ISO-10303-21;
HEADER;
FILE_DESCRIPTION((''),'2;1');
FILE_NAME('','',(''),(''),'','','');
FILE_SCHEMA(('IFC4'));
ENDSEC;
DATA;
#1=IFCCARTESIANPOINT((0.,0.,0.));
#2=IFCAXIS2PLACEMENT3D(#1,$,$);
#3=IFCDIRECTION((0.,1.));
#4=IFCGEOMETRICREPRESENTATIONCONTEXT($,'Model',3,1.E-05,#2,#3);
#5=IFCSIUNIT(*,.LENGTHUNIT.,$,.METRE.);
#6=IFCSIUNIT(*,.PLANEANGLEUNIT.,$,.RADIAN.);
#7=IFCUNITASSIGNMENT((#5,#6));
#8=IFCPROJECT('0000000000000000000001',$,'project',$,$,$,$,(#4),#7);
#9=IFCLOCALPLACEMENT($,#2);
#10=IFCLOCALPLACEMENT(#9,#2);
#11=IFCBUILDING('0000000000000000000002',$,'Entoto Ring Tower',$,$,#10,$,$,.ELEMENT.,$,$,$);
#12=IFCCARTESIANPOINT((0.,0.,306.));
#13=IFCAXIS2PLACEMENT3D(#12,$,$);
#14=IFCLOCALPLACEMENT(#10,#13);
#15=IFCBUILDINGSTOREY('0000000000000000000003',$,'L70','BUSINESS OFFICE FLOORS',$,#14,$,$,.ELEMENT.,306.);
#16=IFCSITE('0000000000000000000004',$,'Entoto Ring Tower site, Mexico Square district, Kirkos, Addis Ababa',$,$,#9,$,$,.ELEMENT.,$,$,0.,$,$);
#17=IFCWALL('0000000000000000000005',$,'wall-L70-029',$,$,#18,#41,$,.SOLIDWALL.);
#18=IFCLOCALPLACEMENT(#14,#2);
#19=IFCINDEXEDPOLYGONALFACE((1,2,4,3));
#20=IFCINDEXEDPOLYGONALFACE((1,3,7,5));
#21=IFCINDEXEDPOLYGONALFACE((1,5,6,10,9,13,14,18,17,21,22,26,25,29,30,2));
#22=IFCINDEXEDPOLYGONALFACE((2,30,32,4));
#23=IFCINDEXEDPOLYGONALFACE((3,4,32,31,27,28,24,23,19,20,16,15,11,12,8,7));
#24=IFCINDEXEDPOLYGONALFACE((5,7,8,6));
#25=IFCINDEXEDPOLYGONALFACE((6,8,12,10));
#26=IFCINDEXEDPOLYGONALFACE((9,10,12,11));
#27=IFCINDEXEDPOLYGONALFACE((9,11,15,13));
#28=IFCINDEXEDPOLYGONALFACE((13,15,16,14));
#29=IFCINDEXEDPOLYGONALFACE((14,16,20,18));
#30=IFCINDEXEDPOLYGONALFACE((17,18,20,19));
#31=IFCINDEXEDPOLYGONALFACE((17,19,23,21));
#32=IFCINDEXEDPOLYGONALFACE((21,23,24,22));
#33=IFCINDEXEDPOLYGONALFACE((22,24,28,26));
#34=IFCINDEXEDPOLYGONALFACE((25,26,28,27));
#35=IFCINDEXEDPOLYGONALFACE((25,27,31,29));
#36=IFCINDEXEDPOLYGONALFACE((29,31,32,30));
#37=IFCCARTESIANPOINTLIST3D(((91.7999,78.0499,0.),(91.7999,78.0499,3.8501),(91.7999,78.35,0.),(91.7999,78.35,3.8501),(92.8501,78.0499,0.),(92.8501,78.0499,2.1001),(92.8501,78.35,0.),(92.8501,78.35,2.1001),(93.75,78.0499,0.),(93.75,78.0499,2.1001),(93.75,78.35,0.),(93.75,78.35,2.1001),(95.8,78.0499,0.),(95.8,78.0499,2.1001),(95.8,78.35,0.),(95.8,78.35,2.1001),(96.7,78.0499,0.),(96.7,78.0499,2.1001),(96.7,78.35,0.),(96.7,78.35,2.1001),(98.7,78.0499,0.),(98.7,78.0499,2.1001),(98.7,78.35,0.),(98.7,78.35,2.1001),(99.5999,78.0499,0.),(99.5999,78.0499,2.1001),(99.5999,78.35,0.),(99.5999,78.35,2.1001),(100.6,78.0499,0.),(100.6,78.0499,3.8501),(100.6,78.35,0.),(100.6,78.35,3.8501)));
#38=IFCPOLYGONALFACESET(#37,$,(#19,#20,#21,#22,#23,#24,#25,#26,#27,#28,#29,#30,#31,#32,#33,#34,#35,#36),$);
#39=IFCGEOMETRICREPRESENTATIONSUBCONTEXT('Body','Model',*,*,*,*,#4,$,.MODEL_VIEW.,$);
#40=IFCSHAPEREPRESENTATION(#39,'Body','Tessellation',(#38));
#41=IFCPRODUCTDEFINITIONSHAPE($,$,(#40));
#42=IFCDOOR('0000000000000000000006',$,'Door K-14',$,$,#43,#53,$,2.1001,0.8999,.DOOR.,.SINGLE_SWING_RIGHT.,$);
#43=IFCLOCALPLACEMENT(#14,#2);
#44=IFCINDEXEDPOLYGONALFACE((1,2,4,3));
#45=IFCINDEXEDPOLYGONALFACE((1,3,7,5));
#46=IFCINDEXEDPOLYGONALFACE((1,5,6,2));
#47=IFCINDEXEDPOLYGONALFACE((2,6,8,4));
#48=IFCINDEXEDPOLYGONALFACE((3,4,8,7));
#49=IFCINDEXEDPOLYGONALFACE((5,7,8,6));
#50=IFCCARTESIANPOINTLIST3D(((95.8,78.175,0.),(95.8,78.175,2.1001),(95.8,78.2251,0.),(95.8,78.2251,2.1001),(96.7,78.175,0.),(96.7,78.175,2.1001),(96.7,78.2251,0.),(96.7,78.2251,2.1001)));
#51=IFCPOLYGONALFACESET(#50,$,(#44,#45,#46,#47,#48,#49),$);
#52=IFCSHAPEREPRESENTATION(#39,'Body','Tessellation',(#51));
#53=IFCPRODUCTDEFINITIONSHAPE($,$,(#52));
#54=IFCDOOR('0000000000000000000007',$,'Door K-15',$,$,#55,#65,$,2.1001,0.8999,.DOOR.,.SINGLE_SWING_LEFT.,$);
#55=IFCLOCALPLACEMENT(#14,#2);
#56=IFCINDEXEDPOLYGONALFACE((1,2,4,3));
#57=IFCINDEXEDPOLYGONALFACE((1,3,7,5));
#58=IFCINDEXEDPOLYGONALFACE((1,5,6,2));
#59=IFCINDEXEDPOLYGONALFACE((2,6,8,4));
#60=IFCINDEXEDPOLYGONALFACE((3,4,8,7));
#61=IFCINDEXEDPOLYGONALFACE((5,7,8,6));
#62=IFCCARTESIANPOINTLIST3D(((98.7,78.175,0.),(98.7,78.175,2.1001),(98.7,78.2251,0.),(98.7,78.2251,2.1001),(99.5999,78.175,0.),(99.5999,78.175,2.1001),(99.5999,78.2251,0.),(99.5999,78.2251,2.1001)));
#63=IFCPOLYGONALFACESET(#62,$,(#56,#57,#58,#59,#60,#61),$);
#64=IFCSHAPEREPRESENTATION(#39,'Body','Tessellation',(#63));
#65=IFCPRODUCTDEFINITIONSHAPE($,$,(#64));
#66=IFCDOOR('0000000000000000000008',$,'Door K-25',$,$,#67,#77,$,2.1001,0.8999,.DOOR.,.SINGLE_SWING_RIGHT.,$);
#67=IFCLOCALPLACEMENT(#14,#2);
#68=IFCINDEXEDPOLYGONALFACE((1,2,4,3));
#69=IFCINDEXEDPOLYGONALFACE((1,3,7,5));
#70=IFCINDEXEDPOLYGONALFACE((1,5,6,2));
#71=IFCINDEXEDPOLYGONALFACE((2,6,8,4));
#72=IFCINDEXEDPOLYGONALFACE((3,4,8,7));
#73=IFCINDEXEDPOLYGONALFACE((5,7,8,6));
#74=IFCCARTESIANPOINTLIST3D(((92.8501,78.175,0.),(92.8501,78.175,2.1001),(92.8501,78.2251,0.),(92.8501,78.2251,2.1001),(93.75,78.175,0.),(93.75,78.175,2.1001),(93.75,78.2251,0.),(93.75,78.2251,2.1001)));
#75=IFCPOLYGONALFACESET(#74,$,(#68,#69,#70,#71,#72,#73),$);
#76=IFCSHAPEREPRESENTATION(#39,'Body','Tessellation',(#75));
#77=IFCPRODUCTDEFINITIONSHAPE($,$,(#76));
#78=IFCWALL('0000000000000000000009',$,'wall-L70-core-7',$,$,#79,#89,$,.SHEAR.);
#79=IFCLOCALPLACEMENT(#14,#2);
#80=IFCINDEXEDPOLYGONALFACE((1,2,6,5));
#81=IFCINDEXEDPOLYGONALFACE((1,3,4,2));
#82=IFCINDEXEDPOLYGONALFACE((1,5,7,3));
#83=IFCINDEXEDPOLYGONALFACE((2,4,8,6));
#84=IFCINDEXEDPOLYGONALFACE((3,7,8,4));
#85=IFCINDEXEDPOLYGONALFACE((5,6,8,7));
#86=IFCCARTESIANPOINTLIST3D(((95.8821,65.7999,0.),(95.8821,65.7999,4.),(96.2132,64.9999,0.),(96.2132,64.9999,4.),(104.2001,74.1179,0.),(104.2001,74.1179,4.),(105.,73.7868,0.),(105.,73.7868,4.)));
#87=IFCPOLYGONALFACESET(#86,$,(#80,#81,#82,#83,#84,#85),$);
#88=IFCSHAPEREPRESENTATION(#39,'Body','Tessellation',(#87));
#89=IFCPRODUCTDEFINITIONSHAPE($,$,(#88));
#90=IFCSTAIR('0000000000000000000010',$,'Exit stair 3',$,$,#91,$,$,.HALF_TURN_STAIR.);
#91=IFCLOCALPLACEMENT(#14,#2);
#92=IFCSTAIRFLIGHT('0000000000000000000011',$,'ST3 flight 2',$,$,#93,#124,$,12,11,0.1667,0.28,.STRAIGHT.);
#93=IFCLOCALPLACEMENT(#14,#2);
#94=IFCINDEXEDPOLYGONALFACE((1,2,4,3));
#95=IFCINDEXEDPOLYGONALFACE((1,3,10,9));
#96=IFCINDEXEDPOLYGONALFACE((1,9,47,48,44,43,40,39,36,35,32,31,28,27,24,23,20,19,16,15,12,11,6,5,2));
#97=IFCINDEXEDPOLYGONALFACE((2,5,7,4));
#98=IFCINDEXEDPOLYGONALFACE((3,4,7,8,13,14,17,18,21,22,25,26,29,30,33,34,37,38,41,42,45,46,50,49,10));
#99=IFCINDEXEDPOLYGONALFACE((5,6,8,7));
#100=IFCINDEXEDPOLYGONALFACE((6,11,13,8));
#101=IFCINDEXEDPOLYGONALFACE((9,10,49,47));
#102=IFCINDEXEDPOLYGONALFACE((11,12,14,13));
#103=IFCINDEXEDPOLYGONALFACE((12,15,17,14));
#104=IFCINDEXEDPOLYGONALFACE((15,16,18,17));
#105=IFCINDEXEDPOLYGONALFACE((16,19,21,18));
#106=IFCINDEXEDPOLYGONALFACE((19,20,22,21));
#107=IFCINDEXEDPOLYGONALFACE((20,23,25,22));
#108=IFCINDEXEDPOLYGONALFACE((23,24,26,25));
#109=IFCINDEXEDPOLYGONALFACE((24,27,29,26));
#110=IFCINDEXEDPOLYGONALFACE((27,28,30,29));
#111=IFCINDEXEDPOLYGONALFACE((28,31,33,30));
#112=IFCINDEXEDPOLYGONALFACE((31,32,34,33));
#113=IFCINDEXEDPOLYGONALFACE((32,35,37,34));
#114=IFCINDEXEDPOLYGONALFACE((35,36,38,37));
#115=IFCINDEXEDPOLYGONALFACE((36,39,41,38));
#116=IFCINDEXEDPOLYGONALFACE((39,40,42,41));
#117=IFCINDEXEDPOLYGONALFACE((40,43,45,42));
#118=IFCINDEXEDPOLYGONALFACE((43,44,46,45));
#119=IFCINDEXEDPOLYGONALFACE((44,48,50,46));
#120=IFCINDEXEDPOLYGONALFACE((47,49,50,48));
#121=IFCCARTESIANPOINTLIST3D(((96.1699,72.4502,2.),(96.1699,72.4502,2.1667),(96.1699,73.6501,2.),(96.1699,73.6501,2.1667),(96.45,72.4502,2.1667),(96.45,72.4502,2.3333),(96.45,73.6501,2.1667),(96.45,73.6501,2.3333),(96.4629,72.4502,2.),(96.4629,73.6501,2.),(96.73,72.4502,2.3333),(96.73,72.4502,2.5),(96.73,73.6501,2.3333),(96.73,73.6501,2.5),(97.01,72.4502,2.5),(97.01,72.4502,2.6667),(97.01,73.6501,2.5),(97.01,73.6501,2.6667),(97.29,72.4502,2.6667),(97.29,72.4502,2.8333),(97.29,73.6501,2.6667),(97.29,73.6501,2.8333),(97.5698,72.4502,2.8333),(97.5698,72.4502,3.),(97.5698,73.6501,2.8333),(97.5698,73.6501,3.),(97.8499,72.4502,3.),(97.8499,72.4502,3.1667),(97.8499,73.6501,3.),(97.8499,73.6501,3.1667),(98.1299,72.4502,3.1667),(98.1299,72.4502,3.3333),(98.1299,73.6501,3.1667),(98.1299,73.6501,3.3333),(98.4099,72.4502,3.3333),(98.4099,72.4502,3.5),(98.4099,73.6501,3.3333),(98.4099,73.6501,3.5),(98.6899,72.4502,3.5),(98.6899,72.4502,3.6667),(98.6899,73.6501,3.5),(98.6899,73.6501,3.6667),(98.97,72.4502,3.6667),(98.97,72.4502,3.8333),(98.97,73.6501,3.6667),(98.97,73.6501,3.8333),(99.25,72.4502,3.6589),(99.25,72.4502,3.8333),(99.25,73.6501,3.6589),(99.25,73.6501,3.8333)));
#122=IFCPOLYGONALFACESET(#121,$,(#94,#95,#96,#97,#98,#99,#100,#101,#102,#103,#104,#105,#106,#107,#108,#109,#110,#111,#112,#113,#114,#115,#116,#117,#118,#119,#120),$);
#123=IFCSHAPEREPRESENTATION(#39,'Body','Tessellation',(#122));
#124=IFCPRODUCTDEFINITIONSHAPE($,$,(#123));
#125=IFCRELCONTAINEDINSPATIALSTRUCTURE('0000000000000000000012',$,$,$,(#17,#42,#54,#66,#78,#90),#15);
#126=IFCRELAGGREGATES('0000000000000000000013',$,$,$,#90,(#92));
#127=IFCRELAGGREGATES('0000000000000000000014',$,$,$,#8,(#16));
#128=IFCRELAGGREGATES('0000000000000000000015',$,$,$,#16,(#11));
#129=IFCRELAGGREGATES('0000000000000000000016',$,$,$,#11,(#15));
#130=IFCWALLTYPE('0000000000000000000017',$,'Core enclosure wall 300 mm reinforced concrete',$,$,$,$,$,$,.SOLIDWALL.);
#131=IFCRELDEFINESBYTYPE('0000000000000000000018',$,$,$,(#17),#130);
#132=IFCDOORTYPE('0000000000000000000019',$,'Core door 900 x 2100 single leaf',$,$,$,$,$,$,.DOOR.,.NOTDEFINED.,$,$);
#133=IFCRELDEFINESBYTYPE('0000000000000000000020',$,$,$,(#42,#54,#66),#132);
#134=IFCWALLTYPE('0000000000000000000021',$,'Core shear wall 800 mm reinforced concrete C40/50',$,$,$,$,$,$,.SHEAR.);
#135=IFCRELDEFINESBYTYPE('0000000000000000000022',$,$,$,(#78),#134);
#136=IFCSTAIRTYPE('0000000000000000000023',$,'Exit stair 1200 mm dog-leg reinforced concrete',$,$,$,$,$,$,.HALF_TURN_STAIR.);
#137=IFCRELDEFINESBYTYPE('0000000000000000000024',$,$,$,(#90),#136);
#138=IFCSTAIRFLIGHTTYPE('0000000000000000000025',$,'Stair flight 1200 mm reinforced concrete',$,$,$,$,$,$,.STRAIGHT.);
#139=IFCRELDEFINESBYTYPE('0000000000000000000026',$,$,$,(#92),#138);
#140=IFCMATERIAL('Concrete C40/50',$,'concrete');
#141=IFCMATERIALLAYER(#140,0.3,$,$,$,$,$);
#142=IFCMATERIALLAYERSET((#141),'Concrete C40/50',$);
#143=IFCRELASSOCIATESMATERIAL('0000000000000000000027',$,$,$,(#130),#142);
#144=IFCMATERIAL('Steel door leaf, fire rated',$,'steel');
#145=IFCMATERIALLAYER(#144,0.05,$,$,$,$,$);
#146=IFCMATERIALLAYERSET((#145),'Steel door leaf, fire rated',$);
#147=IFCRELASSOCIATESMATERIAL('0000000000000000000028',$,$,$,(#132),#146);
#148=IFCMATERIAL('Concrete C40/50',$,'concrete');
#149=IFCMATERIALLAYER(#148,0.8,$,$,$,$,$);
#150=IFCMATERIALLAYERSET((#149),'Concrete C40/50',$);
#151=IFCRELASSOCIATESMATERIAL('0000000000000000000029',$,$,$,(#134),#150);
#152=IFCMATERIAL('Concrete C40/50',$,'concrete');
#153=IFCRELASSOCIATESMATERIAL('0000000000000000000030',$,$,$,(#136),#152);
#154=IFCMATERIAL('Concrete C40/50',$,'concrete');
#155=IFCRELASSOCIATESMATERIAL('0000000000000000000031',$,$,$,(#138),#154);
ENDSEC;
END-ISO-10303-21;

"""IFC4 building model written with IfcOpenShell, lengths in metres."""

from ifc_helpers import new_model, si_unit, direction, frame, frame_2d, origin, place, context, subcontext, project, spatial, polyline, rectangle, outline, extrude, material, layer, layer_set, type_object, element, fill, aggregate, save


model = new_model("IFC4")

# Units and contexts
model_context = context("Model", 3, precision=1e-05, world=origin(), true_north=direction((0.0, 1.0)))
body_context = subcontext(model_context, "Body", "Model", "MODEL_VIEW")
ifc_project = project(units=[si_unit("LENGTHUNIT", "METRE"), si_unit("PLANEANGLEUNIT", "RADIAN")], contexts=[model_context])

# Site, building, storey
site_placement = place(None, origin())
site = spatial("IfcSite", under=ifc_project, at=site_placement, Name="Entoto Ring Tower site, Mexico Square district, Kirkos, Addis Ababa", CompositionType="ELEMENT", RefElevation=0.0)
building_placement = place(site_placement, origin())
building = spatial("IfcBuilding", under=site, at=building_placement, Name="Entoto Ring Tower", CompositionType="ELEMENT")
storey_placement = place(building_placement, frame((0.0, 0.0, 306.0)))
storey = spatial("IfcBuildingStorey", under=building, at=storey_placement, Name="L70", Description="BUSINESS OFFICE FLOORS", CompositionType="ELEMENT", Elevation=306.0)

# Shared definitions
ifc_material_1 = material(Name="Concrete C40/50", Category="concrete")
ifc_layer_1 = layer(ifc_material_1, 0.3)
ifc_layer_set_1 = layer_set([ifc_layer_1], Name="Concrete C40/50")
wall_type_1 = type_object("IfcWallType", Name="Core enclosure wall 300 mm reinforced concrete", PredefinedType="SOLIDWALL", material=ifc_layer_set_1)

# Shared definitions
ifc_material_2 = material(Name="Steel door leaf, fire rated", Category="steel")
ifc_layer_2 = layer(ifc_material_2, 0.05)
ifc_layer_set_2 = layer_set([ifc_layer_2], Name="Steel door leaf, fire rated")
door_type_1 = type_object("IfcDoorType", Name="Core door 900 x 2100 single leaf", OperationType="NOTDEFINED", PredefinedType="DOOR", material=ifc_layer_set_2)

# Wall, openings, doors
wall_1_placement = place(storey_placement, frame((91.8, 78.2, 0.0), z_axis=(0.0, 0.0, 1.0), x_axis=(1.0, 0.0, 0.0)))
wall_1 = element("IfcWall", 1, at=wall_1_placement, inside=storey, type_object=wall_type_1, Name="wall-L70-029", PredefinedType="SOLIDWALL", context=body_context, shape_type="SweptSolid", body=[
    extrude(rectangle(XDim=8.8, YDim=0.3, at=frame_2d((4.3999, 0.0))), origin(), (0.0, 0.0, 1.0), 3.8501),
])
opening_1_placement = place(wall_1_placement, frame((4.0, 0.0, 0.0)))
opening_1 = element("IfcOpeningElement", 2, at=opening_1_placement, cuts=wall_1, PredefinedType="OPENING", context=body_context, shape_type="SweptSolid", body=[
    extrude(rectangle(XDim=0.8999, YDim=2.1001, at=frame_2d((0.45, 1.05))), frame((0.0, 0.1602, 0.0), z_axis=(0.0, -1.0, 0.0), x_axis=(1.0, 0.0, 0.0)), (0.0, 0.0, 1.0), 0.3201),
])
opening_2_placement = place(wall_1_placement, frame((6.8999, 0.0, 0.0)))
opening_2 = element("IfcOpeningElement", 3, at=opening_2_placement, cuts=wall_1, PredefinedType="OPENING", context=body_context, shape_type="SweptSolid", body=[
    extrude(rectangle(XDim=0.8999, YDim=2.1001, at=frame_2d((0.45, 1.05))), frame((0.0, 0.1602, 0.0), z_axis=(0.0, -1.0, 0.0), x_axis=(1.0, 0.0, 0.0)), (0.0, 0.0, 1.0), 0.3201),
])
opening_3_placement = place(wall_1_placement, frame((1.05, 0.0, 0.0)))
opening_3 = element("IfcOpeningElement", 4, at=opening_3_placement, cuts=wall_1, PredefinedType="OPENING", context=body_context, shape_type="SweptSolid", body=[
    extrude(rectangle(XDim=0.8999, YDim=2.1001, at=frame_2d((0.45, 1.05))), frame((0.0, 0.1602, 0.0), z_axis=(0.0, -1.0, 0.0), x_axis=(1.0, 0.0, 0.0)), (0.0, 0.0, 1.0), 0.3201),
])
door_1_placement = place(opening_1_placement, frame((0.8999, 0.0, 0.0), z_axis=(0.0, 0.0, 1.0), x_axis=(-1.0, 0.0, 0.0)))
door_1 = element("IfcDoor", 5, at=door_1_placement, inside=storey, type_object=door_type_1, Name="Door K-14", OperationType="SINGLE_SWING_RIGHT", OverallHeight=2.1001, OverallWidth=0.8999, PredefinedType="DOOR", context=body_context, shape_type="SweptSolid", body=[
    extrude(rectangle(XDim=0.8999, YDim=2.1001, at=frame_2d((0.45, 1.05))), frame((0.0, 0.0249, 0.0), z_axis=(0.0, -1.0, 0.0), x_axis=(1.0, 0.0, 0.0)), (0.0, 0.0, 1.0), 0.05),
])
fill(opening_1, door_1)
door_2_placement = place(opening_2_placement, frame((0.8999, 0.0, 0.0), z_axis=(0.0, 0.0, 1.0), x_axis=(-1.0, 0.0, 0.0)))
door_2 = element("IfcDoor", 6, at=door_2_placement, inside=storey, type_object=door_type_1, Name="Door K-15", OperationType="SINGLE_SWING_LEFT", OverallHeight=2.1001, OverallWidth=0.8999, PredefinedType="DOOR", context=body_context, shape_type="SweptSolid", body=[
    extrude(rectangle(XDim=0.8999, YDim=2.1001, at=frame_2d((0.45, 1.05))), frame((0.0, 0.0249, 0.0), z_axis=(0.0, -1.0, 0.0), x_axis=(1.0, 0.0, 0.0)), (0.0, 0.0, 1.0), 0.05),
])
fill(opening_2, door_2)
door_3_placement = place(opening_3_placement, frame((0.8999, 0.0, 0.0), z_axis=(0.0, 0.0, 1.0), x_axis=(-1.0, 0.0, 0.0)))
door_3 = element("IfcDoor", 7, at=door_3_placement, inside=storey, type_object=door_type_1, Name="Door K-25", OperationType="SINGLE_SWING_RIGHT", OverallHeight=2.1001, OverallWidth=0.8999, PredefinedType="DOOR", context=body_context, shape_type="SweptSolid", body=[
    extrude(rectangle(XDim=0.8999, YDim=2.1001, at=frame_2d((0.45, 1.05))), frame((0.0, 0.0249, 0.0), z_axis=(0.0, -1.0, 0.0), x_axis=(1.0, 0.0, 0.0)), (0.0, 0.0, 1.0), 0.05),
])
fill(opening_3, door_3)

# Wall
ifc_material_3 = material(Name="Concrete C40/50", Category="concrete")
ifc_layer_3 = layer(ifc_material_3, 0.8)
ifc_layer_set_3 = layer_set([ifc_layer_3], Name="Concrete C40/50")
wall_type_2 = type_object("IfcWallType", Name="Core shear wall 800 mm reinforced concrete C40/50", PredefinedType="SHEAR", material=ifc_layer_set_3)
wall_2_placement = place(storey_placement, frame((96.0476, 65.3999, 0.0), z_axis=(0.0, 0.0, 1.0), x_axis=(0.707107, 0.707107, 0.0)))
element("IfcWall", 8, at=wall_2_placement, inside=storey, type_object=wall_type_2, Name="wall-L70-core-7", PredefinedType="SHEAR", context=body_context, shape_type="SweptSolid", body=[
    extrude(outline(polyline([(-0.1658, -0.3999), (12.2607, -0.3999), (11.9292, 0.3999), (0.1658, 0.3999), (-0.1658, -0.3999)])), origin(), (0.0, 0.0, 1.0), 4.0),
])

# Stair, stair flight
ifc_material_4 = material(Name="Concrete C40/50", Category="concrete")
stair_type = type_object("IfcStairType", Name="Exit stair 1200 mm dog-leg reinforced concrete", PredefinedType="HALF_TURN_STAIR", material=ifc_material_4)
stair_placement = place(storey_placement, origin())
stair = element("IfcStair", 9, at=stair_placement, inside=storey, type_object=stair_type, Name="Exit stair 3", PredefinedType="HALF_TURN_STAIR")
ifc_material_5 = material(Name="Concrete C40/50", Category="concrete")
stair_flight_type = type_object("IfcStairFlightType", Name="Stair flight 1200 mm reinforced concrete", PredefinedType="STRAIGHT", material=ifc_material_5)
stair_flight_placement = place(storey_placement, frame((96.1699, 73.05, 2.0), z_axis=(0.0, 0.0, 1.0), x_axis=(1.0, 0.0, 0.0)))
stair_flight = element("IfcStairFlight", 10, at=stair_flight_placement, type_object=stair_flight_type, Name="ST3 flight 2", NumberOfRisers=12, NumberOfTreads=11, PredefinedType="STRAIGHT", RiserHeight=0.1667, TreadLength=0.28, context=body_context, shape_type="SweptSolid", body=[
    extrude(outline(polyline([(0.0, 0.0), (0.0, 0.1667), (0.28, 0.1667), (0.28, 0.3333), (0.5601, 0.3333), (0.5601, 0.5), (0.8401, 0.5), (0.8401, 0.6667), (1.1201, 0.6667), (1.1201, 0.8333), (1.3999, 0.8333), (1.3999, 1.0), (1.6799, 1.0), (1.6799, 1.1667), (1.96, 1.1667), (1.96, 1.3333), (2.24, 1.3333), (2.24, 1.5), (2.52, 1.5), (2.52, 1.6667), (2.8, 1.6667), (2.8, 1.8333), (3.0801, 1.8333), (3.0801, 2.0), (3.0801, 1.6589), (0.293, 0.0), (0.0, 0.0)])), frame((0.0, 0.6001, 0.0), z_axis=(0.0, -1.0, 0.0), x_axis=(1.0, 0.0, 0.0)), (0.0, 0.0, 1.0), 1.2),
])
aggregate(stair, [stair_flight])

save(model, "model.ifc")
